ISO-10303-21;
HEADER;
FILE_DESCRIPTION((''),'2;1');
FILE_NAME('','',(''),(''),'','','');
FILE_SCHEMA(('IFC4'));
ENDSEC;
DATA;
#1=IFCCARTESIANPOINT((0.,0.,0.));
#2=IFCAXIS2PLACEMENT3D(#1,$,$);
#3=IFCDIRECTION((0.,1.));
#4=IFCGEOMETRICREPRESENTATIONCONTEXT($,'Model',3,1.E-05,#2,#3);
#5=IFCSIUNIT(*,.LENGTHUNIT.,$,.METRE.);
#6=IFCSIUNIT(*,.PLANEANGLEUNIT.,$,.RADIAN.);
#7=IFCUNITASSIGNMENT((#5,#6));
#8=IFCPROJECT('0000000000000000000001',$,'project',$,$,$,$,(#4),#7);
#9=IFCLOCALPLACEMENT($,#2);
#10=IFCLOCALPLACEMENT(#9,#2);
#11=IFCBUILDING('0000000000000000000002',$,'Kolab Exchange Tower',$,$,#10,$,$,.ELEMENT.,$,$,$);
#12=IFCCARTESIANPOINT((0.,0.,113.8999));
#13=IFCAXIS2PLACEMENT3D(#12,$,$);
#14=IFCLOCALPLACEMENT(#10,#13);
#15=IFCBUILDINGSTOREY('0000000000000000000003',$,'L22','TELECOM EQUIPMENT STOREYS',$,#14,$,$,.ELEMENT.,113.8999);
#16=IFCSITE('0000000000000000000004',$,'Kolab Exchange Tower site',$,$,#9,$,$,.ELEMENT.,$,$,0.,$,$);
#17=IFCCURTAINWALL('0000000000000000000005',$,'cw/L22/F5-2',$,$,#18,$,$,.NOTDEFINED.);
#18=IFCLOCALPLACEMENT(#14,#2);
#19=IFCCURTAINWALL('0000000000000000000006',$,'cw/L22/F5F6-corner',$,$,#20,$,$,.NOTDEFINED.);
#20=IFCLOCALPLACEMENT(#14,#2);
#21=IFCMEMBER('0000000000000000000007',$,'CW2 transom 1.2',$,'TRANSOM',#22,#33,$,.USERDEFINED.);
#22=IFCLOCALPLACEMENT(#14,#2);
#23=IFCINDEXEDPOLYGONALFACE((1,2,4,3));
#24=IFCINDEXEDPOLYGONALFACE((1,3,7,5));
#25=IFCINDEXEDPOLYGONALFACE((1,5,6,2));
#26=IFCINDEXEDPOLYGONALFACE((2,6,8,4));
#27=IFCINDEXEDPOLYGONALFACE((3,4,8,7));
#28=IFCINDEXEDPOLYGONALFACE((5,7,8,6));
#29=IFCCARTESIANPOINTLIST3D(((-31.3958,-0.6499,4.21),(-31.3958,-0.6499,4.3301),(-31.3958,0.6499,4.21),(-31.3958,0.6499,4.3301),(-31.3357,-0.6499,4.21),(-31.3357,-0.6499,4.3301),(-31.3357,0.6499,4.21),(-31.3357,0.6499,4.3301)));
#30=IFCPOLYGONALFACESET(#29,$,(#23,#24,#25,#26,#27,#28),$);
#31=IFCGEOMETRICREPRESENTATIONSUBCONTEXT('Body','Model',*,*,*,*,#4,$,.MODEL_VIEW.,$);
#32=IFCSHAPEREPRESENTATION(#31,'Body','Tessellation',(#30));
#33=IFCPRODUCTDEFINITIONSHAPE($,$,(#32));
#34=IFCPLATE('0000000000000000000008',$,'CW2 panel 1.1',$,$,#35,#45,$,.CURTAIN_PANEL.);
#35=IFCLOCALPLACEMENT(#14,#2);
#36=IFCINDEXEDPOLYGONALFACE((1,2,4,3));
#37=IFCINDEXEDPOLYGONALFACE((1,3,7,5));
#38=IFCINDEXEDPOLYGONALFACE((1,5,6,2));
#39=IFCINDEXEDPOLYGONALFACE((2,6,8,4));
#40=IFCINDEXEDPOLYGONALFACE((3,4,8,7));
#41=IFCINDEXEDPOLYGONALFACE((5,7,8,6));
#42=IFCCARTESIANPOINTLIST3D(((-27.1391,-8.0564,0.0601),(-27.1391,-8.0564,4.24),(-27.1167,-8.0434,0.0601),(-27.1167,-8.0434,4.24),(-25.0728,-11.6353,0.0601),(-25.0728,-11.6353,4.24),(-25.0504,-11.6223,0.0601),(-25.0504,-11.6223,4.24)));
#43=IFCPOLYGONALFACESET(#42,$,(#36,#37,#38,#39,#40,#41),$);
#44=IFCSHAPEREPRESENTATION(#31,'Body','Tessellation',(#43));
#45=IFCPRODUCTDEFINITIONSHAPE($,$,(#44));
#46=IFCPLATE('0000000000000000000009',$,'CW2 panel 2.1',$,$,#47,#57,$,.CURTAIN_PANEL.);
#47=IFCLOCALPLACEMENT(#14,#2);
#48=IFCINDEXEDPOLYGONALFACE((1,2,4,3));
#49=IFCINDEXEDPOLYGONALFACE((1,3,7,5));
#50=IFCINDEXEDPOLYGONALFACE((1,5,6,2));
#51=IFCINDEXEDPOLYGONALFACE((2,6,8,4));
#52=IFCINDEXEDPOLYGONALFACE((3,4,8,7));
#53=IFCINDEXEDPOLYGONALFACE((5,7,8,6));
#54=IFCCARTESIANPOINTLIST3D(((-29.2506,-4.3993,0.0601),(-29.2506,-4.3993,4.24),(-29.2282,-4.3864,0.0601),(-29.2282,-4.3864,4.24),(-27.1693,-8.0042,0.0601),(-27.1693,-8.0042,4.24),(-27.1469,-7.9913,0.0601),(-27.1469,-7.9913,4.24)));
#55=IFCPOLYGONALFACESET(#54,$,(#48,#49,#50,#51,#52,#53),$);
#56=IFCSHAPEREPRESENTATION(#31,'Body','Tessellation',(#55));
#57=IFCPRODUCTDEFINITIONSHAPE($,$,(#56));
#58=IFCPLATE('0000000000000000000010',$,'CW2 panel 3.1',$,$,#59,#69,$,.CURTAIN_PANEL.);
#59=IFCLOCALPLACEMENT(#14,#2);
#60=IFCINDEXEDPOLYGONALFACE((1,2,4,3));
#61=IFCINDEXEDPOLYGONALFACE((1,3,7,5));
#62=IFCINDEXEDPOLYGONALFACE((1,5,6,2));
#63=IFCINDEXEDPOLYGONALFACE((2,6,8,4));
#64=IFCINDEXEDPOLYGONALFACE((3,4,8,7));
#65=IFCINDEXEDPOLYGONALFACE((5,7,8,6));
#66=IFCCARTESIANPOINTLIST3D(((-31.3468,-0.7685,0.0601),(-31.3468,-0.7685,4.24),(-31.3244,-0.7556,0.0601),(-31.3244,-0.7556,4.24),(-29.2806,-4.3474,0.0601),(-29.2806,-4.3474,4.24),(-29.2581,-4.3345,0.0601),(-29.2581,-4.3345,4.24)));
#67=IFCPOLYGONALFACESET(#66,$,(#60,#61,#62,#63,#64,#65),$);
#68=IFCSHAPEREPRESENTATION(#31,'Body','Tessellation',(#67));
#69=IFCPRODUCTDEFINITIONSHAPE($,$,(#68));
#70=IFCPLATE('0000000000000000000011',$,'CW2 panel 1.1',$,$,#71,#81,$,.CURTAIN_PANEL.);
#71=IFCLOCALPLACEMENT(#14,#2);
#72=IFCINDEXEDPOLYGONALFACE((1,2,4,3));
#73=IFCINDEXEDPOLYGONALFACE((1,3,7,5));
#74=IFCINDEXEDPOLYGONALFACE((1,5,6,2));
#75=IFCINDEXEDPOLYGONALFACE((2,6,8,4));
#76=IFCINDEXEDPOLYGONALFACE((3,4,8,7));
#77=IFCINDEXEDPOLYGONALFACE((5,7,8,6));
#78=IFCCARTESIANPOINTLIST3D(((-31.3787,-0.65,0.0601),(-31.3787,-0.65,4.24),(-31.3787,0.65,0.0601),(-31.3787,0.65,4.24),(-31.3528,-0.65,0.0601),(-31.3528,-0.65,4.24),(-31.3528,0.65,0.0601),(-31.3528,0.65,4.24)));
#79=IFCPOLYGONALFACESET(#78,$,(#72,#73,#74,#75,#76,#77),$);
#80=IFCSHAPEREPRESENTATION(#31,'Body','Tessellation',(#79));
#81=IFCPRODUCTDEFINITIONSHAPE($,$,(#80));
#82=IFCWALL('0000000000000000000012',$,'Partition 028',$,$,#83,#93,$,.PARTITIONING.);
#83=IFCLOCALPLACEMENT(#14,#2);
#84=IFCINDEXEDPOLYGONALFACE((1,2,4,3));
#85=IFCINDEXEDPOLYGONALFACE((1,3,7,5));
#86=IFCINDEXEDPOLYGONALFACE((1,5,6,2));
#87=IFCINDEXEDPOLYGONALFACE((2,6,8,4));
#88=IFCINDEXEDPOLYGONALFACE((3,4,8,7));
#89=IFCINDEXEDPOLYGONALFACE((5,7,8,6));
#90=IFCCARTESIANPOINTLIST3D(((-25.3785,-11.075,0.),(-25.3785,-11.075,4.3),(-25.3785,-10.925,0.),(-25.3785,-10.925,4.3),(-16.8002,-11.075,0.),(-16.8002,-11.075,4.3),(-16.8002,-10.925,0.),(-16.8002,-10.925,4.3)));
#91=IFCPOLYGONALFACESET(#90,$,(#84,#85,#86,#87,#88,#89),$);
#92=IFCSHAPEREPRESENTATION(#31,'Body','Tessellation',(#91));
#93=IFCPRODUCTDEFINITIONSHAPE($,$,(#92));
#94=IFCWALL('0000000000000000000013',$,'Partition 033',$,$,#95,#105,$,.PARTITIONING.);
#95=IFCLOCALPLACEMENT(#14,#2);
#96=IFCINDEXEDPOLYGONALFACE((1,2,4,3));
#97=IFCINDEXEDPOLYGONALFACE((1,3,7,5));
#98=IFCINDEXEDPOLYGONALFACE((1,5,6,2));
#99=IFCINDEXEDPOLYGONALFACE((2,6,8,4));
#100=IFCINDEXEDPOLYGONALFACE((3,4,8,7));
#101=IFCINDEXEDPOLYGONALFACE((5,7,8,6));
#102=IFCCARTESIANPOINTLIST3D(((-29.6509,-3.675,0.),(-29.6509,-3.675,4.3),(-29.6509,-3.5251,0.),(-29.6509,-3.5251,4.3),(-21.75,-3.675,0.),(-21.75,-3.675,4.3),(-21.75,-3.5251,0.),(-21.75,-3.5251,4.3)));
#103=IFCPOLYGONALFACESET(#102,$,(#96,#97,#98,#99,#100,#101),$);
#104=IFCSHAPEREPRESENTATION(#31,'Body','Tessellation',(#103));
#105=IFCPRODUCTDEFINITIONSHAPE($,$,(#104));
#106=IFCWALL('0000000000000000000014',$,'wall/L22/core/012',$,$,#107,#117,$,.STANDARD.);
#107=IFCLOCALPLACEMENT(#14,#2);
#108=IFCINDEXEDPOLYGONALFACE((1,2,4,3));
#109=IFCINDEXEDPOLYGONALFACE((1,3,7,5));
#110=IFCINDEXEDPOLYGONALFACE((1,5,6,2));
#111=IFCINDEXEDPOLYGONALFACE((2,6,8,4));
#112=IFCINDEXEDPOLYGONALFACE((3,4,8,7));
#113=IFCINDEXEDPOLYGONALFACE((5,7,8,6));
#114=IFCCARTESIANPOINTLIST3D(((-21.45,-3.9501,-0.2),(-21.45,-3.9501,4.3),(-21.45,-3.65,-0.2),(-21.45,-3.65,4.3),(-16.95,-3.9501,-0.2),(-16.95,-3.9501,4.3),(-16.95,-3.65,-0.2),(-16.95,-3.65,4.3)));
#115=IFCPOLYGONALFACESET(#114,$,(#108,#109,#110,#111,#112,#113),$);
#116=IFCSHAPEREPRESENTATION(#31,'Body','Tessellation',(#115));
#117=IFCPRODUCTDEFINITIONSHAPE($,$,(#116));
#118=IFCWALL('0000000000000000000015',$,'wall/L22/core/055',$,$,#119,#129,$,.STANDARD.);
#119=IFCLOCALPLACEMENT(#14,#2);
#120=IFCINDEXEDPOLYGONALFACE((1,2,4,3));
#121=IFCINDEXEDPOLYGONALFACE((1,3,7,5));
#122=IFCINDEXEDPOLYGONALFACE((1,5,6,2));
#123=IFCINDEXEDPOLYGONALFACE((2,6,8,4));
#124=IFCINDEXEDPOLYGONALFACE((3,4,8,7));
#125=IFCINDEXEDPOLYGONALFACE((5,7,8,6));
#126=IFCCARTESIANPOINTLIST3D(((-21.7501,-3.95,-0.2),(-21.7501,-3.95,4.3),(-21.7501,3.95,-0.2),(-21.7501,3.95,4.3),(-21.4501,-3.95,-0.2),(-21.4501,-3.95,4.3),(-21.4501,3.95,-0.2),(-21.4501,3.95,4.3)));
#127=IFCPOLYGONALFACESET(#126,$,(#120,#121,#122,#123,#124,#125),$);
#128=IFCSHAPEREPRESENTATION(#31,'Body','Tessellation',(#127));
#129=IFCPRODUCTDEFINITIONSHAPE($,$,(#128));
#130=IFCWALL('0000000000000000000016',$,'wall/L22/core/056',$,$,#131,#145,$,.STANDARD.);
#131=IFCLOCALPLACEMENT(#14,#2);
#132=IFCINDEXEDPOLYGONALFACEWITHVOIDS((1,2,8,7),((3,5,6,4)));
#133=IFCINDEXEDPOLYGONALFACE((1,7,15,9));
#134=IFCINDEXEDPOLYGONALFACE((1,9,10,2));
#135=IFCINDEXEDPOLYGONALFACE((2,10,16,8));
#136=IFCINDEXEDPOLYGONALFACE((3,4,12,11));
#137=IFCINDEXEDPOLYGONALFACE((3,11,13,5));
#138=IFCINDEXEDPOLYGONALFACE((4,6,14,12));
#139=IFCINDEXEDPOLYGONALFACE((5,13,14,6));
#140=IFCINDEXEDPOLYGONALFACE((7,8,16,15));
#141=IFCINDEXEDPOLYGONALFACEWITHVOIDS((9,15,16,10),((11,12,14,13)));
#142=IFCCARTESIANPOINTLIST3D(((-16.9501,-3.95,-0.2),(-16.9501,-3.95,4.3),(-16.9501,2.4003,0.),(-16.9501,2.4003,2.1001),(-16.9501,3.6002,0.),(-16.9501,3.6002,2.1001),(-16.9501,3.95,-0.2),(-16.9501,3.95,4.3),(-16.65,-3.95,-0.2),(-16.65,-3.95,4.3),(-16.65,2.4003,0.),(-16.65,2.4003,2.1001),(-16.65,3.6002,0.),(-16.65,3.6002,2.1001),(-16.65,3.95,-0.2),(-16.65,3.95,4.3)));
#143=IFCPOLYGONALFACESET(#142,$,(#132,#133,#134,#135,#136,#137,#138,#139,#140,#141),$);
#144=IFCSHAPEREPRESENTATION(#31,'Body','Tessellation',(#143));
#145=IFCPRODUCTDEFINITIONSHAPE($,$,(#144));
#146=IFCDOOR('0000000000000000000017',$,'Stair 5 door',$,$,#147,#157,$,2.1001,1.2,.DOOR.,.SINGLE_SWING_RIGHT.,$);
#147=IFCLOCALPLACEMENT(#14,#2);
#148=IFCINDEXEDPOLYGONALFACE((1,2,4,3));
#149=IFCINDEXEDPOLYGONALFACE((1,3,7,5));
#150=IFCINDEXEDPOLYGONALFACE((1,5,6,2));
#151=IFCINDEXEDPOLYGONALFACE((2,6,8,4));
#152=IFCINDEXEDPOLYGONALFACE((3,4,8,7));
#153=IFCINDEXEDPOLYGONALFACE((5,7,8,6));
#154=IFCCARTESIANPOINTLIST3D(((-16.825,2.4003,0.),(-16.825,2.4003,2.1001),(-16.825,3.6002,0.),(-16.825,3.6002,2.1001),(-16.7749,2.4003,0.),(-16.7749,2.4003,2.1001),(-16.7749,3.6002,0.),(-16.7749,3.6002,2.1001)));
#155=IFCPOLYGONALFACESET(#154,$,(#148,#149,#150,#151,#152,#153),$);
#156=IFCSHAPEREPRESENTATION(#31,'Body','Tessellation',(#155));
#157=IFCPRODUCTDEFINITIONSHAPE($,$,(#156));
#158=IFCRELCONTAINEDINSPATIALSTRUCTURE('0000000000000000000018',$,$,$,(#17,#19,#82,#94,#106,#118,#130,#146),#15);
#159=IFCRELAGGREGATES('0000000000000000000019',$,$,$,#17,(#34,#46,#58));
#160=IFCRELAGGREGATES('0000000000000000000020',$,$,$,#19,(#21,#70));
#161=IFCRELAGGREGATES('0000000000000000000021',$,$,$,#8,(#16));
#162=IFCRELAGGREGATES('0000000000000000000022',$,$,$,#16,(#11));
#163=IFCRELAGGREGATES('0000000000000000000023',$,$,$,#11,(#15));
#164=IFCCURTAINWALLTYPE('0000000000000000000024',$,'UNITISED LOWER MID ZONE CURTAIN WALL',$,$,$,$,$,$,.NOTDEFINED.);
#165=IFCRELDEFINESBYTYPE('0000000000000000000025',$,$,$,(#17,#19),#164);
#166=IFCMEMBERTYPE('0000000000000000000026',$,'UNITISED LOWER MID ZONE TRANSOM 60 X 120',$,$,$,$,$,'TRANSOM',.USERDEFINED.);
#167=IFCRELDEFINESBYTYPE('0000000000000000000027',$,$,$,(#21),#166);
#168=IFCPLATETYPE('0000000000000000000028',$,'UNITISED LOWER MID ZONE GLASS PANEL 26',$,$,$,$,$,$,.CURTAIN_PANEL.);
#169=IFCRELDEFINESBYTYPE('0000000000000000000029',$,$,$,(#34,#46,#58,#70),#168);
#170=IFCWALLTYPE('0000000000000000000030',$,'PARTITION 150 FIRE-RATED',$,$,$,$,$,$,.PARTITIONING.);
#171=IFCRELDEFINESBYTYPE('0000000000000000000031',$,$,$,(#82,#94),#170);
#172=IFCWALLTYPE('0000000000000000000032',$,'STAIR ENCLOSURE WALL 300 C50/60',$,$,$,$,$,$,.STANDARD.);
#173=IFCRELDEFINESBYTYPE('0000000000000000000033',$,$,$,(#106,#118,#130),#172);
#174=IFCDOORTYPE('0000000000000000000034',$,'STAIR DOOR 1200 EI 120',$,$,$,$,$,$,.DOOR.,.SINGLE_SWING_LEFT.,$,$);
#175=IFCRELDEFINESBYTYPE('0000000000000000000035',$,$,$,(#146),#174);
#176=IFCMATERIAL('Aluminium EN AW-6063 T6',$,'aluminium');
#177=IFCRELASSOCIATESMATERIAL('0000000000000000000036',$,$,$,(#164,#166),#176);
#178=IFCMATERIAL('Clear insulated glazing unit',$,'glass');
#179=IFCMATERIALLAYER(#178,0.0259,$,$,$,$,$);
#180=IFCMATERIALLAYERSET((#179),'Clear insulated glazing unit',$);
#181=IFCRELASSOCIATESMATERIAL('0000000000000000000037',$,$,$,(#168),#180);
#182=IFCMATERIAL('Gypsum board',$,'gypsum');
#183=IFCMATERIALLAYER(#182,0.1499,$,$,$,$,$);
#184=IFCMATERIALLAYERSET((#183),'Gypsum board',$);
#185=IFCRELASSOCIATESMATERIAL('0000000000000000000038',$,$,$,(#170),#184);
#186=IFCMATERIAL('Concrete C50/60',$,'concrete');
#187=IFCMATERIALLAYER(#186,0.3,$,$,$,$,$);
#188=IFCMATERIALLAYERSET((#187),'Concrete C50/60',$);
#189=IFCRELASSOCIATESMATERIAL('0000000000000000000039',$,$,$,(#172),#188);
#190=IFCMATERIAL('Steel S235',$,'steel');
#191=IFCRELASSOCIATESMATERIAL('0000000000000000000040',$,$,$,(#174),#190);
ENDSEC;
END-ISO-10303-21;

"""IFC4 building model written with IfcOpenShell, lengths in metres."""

from ifc_helpers import new_model, si_unit, direction, frame, frame_2d, origin, origin_2d, place, context, subcontext, project, spatial, rectangle, extrude, material, layer, layer_set, material_profile, profile_set, type_object, element, fill, aggregate, save


model = new_model("IFC4")

# Units and contexts
model_context = context("Model", 3, precision=1e-05, world=origin(), true_north=direction((0.0, 1.0)))
body_context = subcontext(model_context, "Body", "Model", "MODEL_VIEW")
ifc_project = project(units=[si_unit("LENGTHUNIT", "METRE"), si_unit("PLANEANGLEUNIT", "RADIAN")], contexts=[model_context])

# Site, building, storey
site_placement = place(None, origin())
site = spatial("IfcSite", under=ifc_project, at=site_placement, Name="Kolab Exchange Tower site", CompositionType="ELEMENT", RefElevation=0.0)
building_placement = place(site_placement, origin())
building = spatial("IfcBuilding", under=site, at=building_placement, Name="Kolab Exchange Tower", CompositionType="ELEMENT")
storey_placement = place(building_placement, frame((0.0, 0.0, 113.8999)))
storey = spatial("IfcBuildingStorey", under=building, at=storey_placement, Name="L22", Description="TELECOM EQUIPMENT STOREYS", CompositionType="ELEMENT", Elevation=113.8999)

# Curtain wall
ifc_material_1 = material(Name="Aluminium EN AW-6063 T6", Category="aluminium")
curtain_wall_type = type_object("IfcCurtainWallType", Name="UNITISED LOWER MID ZONE CURTAIN WALL", PredefinedType="NOTDEFINED", material=ifc_material_1)
curtain_wall_1_placement = place(storey_placement, origin())
curtain_wall_1 = element("IfcCurtainWall", 1, at=curtain_wall_1_placement, inside=storey, type_object=curtain_wall_type, Name="cw/L22/F5-2", PredefinedType="NOTDEFINED")

# Curtain wall
curtain_wall_2_placement = place(storey_placement, origin())
curtain_wall_2 = element("IfcCurtainWall", 2, at=curtain_wall_2_placement, inside=storey, type_object=curtain_wall_type, Name="cw/L22/F5F6-corner", PredefinedType="NOTDEFINED")

# Member
ifc_material_profile_1 = material_profile(ifc_material_1, rectangle(XDim=0.0601, YDim=0.1201, at=origin_2d()), Name="RECT 60X120")
ifc_profile_set_1 = profile_set([ifc_material_profile_1], Name="Aluminium EN AW-6063 T6")
member_type_1 = type_object("IfcMemberType", Name="UNITISED LOWER MID ZONE TRANSOM 60 X 120", ElementType="TRANSOM", PredefinedType="USERDEFINED", material=ifc_profile_set_1)
member_1_placement = place(storey_placement, frame((-31.3657, -0.6499, 4.27), z_axis=(0.0, 1.0, 0.0), x_axis=(-1.0, 0.0, 0.0)))
member_1 = element("IfcMember", 3, at=member_1_placement, type_object=member_type_1, Name="CW2 transom 1.2", ObjectType="TRANSOM", PredefinedType="USERDEFINED", context=body_context, shape_type="SweptSolid", body=[
    extrude(rectangle(XDim=0.0601, YDim=0.1201, at=origin_2d()), origin(), (0.0, 0.0, 1.0), 1.2998),
])

# Plates
ifc_material_2 = material(Name="Clear insulated glazing unit", Category="glass")
ifc_layer_1 = layer(ifc_material_2, 0.0259)
ifc_layer_set_1 = layer_set([ifc_layer_1], Name="Clear insulated glazing unit")
plate_type = type_object("IfcPlateType", Name="UNITISED LOWER MID ZONE GLASS PANEL 26", PredefinedType="CURTAIN_PANEL", material=ifc_layer_set_1)
plate_1_placement = place(storey_placement, frame((-26.0947, -9.8394, 0.0601), z_axis=(0.0, 0.0, 1.0), x_axis=(-0.5, 0.866025, 0.0)))
plate_1 = element("IfcPlate", 4, at=plate_1_placement, type_object=plate_type, Name="CW2 panel 1.1", PredefinedType="CURTAIN_PANEL", context=body_context, shape_type="SweptSolid", body=[
    extrude(rectangle(XDim=4.1326, YDim=0.0259, at=origin_2d()), origin(), (0.0, 0.0, 1.0), 4.1799),
])
plate_2_placement = place(storey_placement, frame((-28.1987, -6.1953, 0.0601), z_axis=(0.0, 0.0, 1.0), x_axis=(-0.5, 0.866025, 0.0)))
plate_2 = element("IfcPlate", 5, at=plate_2_placement, type_object=plate_type, Name="CW2 panel 2.1", PredefinedType="CURTAIN_PANEL", context=body_context, shape_type="SweptSolid", body=[
    extrude(rectangle(XDim=4.1626, YDim=0.0259, at=origin_2d()), origin(), (0.0, 0.0, 1.0), 4.1799),
])
plate_3_placement = place(storey_placement, frame((-30.3025, -2.5515, 0.0601), z_axis=(0.0, 0.0, 1.0), x_axis=(-0.5, 0.866025, 0.0)))
plate_3 = element("IfcPlate", 6, at=plate_3_placement, type_object=plate_type, Name="CW2 panel 3.1", PredefinedType="CURTAIN_PANEL", context=body_context, shape_type="SweptSolid", body=[
    extrude(rectangle(XDim=4.1326, YDim=0.0259, at=origin_2d()), origin(), (0.0, 0.0, 1.0), 4.1799),
])
aggregate(curtain_wall_1, [plate_1, plate_2, plate_3])
plate_4_placement = place(storey_placement, frame((-31.3657, 0.0, 0.0601), z_axis=(0.0, 0.0, 1.0), x_axis=(0.0, 1.0, 0.0)))
plate_4 = element("IfcPlate", 7, at=plate_4_placement, type_object=plate_type, Name="CW2 panel 1.1", PredefinedType="CURTAIN_PANEL", context=body_context, shape_type="SweptSolid", body=[
    extrude(rectangle(XDim=1.3, YDim=0.0259, at=origin_2d()), origin(), (0.0, 0.0, 1.0), 4.1799),
])
aggregate(curtain_wall_2, [member_1, plate_4])

# Walls
ifc_material_3 = material(Name="Gypsum board", Category="gypsum")
ifc_layer_2 = layer(ifc_material_3, 0.1499)
ifc_layer_set_2 = layer_set([ifc_layer_2], Name="Gypsum board")
wall_type_1 = type_object("IfcWallType", Name="PARTITION 150 FIRE-RATED", PredefinedType="PARTITIONING", material=ifc_layer_set_2)
wall_1_placement = place(storey_placement, frame((-25.3784, -11.0, 0.0), z_axis=(0.0, 0.0, 1.0), x_axis=(1.0, 0.0, 0.0)))
element("IfcWall", 8, at=wall_1_placement, inside=storey, type_object=wall_type_1, Name="Partition 028", PredefinedType="PARTITIONING", context=body_context, shape_type="SweptSolid", body=[
    extrude(rectangle(XDim=8.5784, YDim=0.1499, at=frame_2d((4.2891, 0.0))), origin(), (0.0, 0.0, 1.0), 4.3),
])
wall_2_placement = place(storey_placement, frame((-29.6509, -3.6001, 0.0), z_axis=(0.0, 0.0, 1.0), x_axis=(1.0, 0.0, 0.0)))
element("IfcWall", 9, at=wall_2_placement, inside=storey, type_object=wall_type_1, Name="Partition 033", PredefinedType="PARTITIONING", context=body_context, shape_type="SweptSolid", body=[
    extrude(rectangle(XDim=7.9009, YDim=0.1499, at=frame_2d((3.9504, 0.0))), origin(), (0.0, 0.0, 1.0), 4.3),
])
ifc_material_4 = material(Name="Concrete C50/60", Category="concrete")
ifc_layer_3 = layer(ifc_material_4, 0.3)
ifc_layer_set_3 = layer_set([ifc_layer_3], Name="Concrete C50/60")
wall_type_2 = type_object("IfcWallType", Name="STAIR ENCLOSURE WALL 300 C50/60", PredefinedType="STANDARD", material=ifc_layer_set_3)
wall_3_placement = place(storey_placement, frame((-21.45, -3.8, -0.2), z_axis=(0.0, 0.0, 1.0), x_axis=(1.0, 0.0, 0.0)))
element("IfcWall", 10, at=wall_3_placement, inside=storey, type_object=wall_type_2, Name="wall/L22/core/012", PredefinedType="STANDARD", context=body_context, shape_type="SweptSolid", body=[
    extrude(rectangle(XDim=4.5, YDim=0.3, at=frame_2d((2.25, 0.0))), origin(), (0.0, 0.0, 1.0), 4.5),
])
wall_4_placement = place(storey_placement, frame((-21.6001, -3.95, -0.2), z_axis=(0.0, 0.0, 1.0), x_axis=(0.0, 1.0, 0.0)))
element("IfcWall", 11, at=wall_4_placement, inside=storey, type_object=wall_type_2, Name="wall/L22/core/055", PredefinedType="STANDARD", context=body_context, shape_type="SweptSolid", body=[
    extrude(rectangle(XDim=7.8999, YDim=0.3, at=frame_2d((3.95, 0.0))), origin(), (0.0, 0.0, 1.0), 4.5),
])

# Wall, opening, door
wall_5_placement = place(storey_placement, frame((-16.8, -3.95, -0.2), z_axis=(0.0, 0.0, 1.0), x_axis=(0.0, 1.0, 0.0)))
wall_5 = element("IfcWall", 12, at=wall_5_placement, inside=storey, type_object=wall_type_2, Name="wall/L22/core/056", PredefinedType="STANDARD", context=body_context, shape_type="SweptSolid", body=[
    extrude(rectangle(XDim=7.8999, YDim=0.3, at=frame_2d((3.95, 0.0))), origin(), (0.0, 0.0, 1.0), 4.5),
])
opening_placement = place(wall_5_placement, frame((6.3501, 0.0, 0.2)))
opening = element("IfcOpeningElement", 13, at=opening_placement, cuts=wall_5, PredefinedType="OPENING", context=body_context, shape_type="SweptSolid", body=[
    extrude(rectangle(XDim=1.2, YDim=2.1001, at=frame_2d((0.6001, 1.05))), frame((0.0, 0.1602, 0.0), z_axis=(0.0, -1.0, 0.0), x_axis=(1.0, 0.0, 0.0)), (0.0, 0.0, 1.0), 0.3201),
])
ifc_material_5 = material(Name="Steel S235", Category="steel")
door_type = type_object("IfcDoorType", Name="STAIR DOOR 1200 EI 120", OperationType="SINGLE_SWING_LEFT", PredefinedType="DOOR", material=ifc_material_5)
door_placement = place(opening_placement, origin())
door = element("IfcDoor", 14, at=door_placement, inside=storey, type_object=door_type, Name="Stair 5 door", OperationType="SINGLE_SWING_RIGHT", OverallHeight=2.1001, OverallWidth=1.2, PredefinedType="DOOR", context=body_context, shape_type="SweptSolid", body=[
    extrude(rectangle(XDim=1.2, YDim=2.1001, at=frame_2d((0.6001, 1.05))), frame((0.0, 0.0249, 0.0), z_axis=(0.0, -1.0, 0.0), x_axis=(1.0, 0.0, 0.0)), (0.0, 0.0, 1.0), 0.05),
])
fill(opening, door)

save(model, "model.ifc")
